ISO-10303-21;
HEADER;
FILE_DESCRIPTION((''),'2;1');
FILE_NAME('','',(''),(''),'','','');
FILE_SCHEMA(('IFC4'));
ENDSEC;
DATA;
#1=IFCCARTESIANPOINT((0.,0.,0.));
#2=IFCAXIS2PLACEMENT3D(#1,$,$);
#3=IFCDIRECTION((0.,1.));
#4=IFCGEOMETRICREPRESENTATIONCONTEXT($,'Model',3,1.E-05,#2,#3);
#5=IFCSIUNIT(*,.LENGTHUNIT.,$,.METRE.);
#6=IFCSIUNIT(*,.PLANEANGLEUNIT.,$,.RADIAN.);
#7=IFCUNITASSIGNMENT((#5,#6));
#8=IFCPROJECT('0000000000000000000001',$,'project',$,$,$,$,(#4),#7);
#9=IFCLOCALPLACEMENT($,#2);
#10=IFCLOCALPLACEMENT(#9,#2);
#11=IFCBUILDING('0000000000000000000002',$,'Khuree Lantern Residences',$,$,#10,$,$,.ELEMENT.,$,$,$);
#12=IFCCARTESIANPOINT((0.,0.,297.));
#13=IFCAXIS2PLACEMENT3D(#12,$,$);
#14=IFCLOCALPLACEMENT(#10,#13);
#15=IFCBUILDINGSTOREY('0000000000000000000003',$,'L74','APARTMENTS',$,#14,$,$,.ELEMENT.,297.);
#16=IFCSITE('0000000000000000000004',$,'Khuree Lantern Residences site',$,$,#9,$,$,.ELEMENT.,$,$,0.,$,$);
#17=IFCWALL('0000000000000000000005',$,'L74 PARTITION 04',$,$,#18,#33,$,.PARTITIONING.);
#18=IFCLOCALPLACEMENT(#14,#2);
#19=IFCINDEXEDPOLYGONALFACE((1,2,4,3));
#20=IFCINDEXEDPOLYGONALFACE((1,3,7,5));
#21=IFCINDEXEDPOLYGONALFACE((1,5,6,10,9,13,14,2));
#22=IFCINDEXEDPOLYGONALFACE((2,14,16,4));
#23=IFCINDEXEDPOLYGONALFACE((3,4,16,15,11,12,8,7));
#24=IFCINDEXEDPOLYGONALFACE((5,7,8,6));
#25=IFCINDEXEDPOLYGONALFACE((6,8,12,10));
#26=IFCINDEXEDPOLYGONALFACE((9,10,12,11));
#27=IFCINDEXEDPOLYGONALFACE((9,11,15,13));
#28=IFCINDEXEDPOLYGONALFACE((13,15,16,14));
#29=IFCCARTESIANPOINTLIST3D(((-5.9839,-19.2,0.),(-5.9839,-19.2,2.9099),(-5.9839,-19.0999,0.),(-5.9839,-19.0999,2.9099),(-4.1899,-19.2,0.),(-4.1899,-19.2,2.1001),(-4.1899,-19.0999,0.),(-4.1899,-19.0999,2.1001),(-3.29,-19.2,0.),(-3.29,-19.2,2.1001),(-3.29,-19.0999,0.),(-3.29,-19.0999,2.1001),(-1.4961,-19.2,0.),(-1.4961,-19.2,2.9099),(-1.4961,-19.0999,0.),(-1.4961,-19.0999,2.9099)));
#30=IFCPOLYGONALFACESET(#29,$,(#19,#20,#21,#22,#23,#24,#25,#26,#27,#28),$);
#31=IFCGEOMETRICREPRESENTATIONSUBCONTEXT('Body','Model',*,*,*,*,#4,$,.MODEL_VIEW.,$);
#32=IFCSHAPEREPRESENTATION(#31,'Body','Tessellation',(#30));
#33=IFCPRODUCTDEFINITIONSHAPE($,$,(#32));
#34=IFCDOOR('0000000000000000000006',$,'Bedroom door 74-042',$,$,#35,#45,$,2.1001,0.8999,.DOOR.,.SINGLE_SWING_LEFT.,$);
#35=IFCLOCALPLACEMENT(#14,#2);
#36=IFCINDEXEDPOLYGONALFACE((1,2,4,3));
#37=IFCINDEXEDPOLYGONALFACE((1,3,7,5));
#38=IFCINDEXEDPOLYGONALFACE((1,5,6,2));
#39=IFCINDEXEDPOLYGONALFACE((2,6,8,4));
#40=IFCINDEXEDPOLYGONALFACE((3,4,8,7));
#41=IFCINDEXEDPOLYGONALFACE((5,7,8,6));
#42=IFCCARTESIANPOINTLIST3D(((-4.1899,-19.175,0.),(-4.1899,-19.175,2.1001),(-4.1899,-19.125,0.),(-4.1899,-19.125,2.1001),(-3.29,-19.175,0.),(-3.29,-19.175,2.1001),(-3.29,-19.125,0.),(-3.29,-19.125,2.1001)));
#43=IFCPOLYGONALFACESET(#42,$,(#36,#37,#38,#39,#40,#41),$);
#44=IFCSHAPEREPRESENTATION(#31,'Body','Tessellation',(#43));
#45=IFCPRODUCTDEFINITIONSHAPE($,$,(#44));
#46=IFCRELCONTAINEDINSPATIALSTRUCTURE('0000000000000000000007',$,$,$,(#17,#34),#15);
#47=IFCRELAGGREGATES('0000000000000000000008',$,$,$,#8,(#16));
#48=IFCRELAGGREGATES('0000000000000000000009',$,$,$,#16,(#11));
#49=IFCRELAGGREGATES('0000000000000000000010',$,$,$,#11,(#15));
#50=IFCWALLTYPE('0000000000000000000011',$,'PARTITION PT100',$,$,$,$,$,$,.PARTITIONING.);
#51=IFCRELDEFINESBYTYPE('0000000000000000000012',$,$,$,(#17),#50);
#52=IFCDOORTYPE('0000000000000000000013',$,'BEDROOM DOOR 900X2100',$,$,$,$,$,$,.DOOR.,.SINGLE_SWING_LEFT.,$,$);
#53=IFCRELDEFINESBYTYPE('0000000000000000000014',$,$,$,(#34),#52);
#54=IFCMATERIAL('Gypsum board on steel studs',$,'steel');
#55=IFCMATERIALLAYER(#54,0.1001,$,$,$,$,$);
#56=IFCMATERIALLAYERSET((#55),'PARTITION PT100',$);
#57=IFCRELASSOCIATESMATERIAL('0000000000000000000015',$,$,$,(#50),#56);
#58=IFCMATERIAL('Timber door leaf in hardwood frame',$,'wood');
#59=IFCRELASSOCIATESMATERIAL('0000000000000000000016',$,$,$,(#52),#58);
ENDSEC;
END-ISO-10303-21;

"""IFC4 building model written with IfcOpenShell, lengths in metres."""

from ifc_helpers import new_model, si_unit, direction, frame, frame_2d, origin, place, context, subcontext, project, spatial, rectangle, extrude, material, layer, layer_set, type_object, element, fill, save


model = new_model("IFC4")

# Units and contexts
model_context = context("Model", 3, precision=1e-05, world=origin(), true_north=direction((0.0, 1.0)))
body_context = subcontext(model_context, "Body", "Model", "MODEL_VIEW")
ifc_project = project(units=[si_unit("LENGTHUNIT", "METRE"), si_unit("PLANEANGLEUNIT", "RADIAN")], contexts=[model_context])

# Site, building, storey
site_placement = place(None, origin())
site = spatial("IfcSite", under=ifc_project, at=site_placement, Name="Khuree Lantern Residences site", CompositionType="ELEMENT", RefElevation=0.0)
building_placement = place(site_placement, origin())
building = spatial("IfcBuilding", under=site, at=building_placement, Name="Khuree Lantern Residences", CompositionType="ELEMENT")
storey_placement = place(building_placement, frame((0.0, 0.0, 297.0)))
storey = spatial("IfcBuildingStorey", under=building, at=storey_placement, Name="L74", Description="APARTMENTS", CompositionType="ELEMENT", Elevation=297.0)

# Shared definitions
ifc_material_1 = material(Name="Gypsum board on steel studs", Category="steel")
ifc_layer_1 = layer(ifc_material_1, 0.1001)
ifc_layer_set_1 = layer_set([ifc_layer_1], Name="PARTITION PT100")
wall_type = type_object("IfcWallType", Name="PARTITION PT100", PredefinedType="PARTITIONING", material=ifc_layer_set_1)

# Shared definitions
ifc_material_2 = material(Name="Timber door leaf in hardwood frame", Category="wood")
door_type_1 = type_object("IfcDoorType", Name="BEDROOM DOOR 900X2100", OperationType="SINGLE_SWING_LEFT", PredefinedType="DOOR", material=ifc_material_2)

# Wall, opening, door
wall_1_placement = place(storey_placement, frame((-5.9839, -19.1499, 0.0), z_axis=(0.0, 0.0, 1.0), x_axis=(1.0, 0.0, 0.0)))
wall_1 = element("IfcWall", 1, at=wall_1_placement, inside=storey, type_object=wall_type, Name="L74 PARTITION 04", PredefinedType="PARTITIONING", context=body_context, shape_type="SweptSolid", body=[
    extrude(rectangle(XDim=4.4878, YDim=0.1001, at=frame_2d((2.2439, 0.0))), origin(), (0.0, 0.0, 1.0), 2.9099),
])
opening_1_placement = place(wall_1_placement, frame((1.7939, 0.0, 0.0)))
opening_1 = element("IfcOpeningElement", 2, at=opening_1_placement, cuts=wall_1, PredefinedType="OPENING", context=body_context, shape_type="SweptSolid", body=[
    extrude(rectangle(XDim=0.8999, YDim=2.1001, at=frame_2d((0.45, 1.05))), frame((0.0, 0.0601, 0.0), z_axis=(0.0, -1.0, 0.0), x_axis=(1.0, 0.0, 0.0)), (0.0, 0.0, 1.0), 0.1201),
])
door_1_placement = place(opening_1_placement, origin())
door_1 = element("IfcDoor", 3, at=door_1_placement, inside=storey, type_object=door_type_1, Name="Bedroom door 74-042", OperationType="SINGLE_SWING_LEFT", OverallHeight=2.1001, OverallWidth=0.8999, PredefinedType="DOOR", context=body_context, shape_type="SweptSolid", body=[
    extrude(rectangle(XDim=0.8999, YDim=2.1001, at=frame_2d((0.45, 1.05))), frame((0.0, 0.0249, 0.0), z_axis=(0.0, -1.0, 0.0), x_axis=(1.0, 0.0, 0.0)), (0.0, 0.0, 1.0), 0.05),
])
fill(opening_1, door_1)

save(model, "model.ifc")
